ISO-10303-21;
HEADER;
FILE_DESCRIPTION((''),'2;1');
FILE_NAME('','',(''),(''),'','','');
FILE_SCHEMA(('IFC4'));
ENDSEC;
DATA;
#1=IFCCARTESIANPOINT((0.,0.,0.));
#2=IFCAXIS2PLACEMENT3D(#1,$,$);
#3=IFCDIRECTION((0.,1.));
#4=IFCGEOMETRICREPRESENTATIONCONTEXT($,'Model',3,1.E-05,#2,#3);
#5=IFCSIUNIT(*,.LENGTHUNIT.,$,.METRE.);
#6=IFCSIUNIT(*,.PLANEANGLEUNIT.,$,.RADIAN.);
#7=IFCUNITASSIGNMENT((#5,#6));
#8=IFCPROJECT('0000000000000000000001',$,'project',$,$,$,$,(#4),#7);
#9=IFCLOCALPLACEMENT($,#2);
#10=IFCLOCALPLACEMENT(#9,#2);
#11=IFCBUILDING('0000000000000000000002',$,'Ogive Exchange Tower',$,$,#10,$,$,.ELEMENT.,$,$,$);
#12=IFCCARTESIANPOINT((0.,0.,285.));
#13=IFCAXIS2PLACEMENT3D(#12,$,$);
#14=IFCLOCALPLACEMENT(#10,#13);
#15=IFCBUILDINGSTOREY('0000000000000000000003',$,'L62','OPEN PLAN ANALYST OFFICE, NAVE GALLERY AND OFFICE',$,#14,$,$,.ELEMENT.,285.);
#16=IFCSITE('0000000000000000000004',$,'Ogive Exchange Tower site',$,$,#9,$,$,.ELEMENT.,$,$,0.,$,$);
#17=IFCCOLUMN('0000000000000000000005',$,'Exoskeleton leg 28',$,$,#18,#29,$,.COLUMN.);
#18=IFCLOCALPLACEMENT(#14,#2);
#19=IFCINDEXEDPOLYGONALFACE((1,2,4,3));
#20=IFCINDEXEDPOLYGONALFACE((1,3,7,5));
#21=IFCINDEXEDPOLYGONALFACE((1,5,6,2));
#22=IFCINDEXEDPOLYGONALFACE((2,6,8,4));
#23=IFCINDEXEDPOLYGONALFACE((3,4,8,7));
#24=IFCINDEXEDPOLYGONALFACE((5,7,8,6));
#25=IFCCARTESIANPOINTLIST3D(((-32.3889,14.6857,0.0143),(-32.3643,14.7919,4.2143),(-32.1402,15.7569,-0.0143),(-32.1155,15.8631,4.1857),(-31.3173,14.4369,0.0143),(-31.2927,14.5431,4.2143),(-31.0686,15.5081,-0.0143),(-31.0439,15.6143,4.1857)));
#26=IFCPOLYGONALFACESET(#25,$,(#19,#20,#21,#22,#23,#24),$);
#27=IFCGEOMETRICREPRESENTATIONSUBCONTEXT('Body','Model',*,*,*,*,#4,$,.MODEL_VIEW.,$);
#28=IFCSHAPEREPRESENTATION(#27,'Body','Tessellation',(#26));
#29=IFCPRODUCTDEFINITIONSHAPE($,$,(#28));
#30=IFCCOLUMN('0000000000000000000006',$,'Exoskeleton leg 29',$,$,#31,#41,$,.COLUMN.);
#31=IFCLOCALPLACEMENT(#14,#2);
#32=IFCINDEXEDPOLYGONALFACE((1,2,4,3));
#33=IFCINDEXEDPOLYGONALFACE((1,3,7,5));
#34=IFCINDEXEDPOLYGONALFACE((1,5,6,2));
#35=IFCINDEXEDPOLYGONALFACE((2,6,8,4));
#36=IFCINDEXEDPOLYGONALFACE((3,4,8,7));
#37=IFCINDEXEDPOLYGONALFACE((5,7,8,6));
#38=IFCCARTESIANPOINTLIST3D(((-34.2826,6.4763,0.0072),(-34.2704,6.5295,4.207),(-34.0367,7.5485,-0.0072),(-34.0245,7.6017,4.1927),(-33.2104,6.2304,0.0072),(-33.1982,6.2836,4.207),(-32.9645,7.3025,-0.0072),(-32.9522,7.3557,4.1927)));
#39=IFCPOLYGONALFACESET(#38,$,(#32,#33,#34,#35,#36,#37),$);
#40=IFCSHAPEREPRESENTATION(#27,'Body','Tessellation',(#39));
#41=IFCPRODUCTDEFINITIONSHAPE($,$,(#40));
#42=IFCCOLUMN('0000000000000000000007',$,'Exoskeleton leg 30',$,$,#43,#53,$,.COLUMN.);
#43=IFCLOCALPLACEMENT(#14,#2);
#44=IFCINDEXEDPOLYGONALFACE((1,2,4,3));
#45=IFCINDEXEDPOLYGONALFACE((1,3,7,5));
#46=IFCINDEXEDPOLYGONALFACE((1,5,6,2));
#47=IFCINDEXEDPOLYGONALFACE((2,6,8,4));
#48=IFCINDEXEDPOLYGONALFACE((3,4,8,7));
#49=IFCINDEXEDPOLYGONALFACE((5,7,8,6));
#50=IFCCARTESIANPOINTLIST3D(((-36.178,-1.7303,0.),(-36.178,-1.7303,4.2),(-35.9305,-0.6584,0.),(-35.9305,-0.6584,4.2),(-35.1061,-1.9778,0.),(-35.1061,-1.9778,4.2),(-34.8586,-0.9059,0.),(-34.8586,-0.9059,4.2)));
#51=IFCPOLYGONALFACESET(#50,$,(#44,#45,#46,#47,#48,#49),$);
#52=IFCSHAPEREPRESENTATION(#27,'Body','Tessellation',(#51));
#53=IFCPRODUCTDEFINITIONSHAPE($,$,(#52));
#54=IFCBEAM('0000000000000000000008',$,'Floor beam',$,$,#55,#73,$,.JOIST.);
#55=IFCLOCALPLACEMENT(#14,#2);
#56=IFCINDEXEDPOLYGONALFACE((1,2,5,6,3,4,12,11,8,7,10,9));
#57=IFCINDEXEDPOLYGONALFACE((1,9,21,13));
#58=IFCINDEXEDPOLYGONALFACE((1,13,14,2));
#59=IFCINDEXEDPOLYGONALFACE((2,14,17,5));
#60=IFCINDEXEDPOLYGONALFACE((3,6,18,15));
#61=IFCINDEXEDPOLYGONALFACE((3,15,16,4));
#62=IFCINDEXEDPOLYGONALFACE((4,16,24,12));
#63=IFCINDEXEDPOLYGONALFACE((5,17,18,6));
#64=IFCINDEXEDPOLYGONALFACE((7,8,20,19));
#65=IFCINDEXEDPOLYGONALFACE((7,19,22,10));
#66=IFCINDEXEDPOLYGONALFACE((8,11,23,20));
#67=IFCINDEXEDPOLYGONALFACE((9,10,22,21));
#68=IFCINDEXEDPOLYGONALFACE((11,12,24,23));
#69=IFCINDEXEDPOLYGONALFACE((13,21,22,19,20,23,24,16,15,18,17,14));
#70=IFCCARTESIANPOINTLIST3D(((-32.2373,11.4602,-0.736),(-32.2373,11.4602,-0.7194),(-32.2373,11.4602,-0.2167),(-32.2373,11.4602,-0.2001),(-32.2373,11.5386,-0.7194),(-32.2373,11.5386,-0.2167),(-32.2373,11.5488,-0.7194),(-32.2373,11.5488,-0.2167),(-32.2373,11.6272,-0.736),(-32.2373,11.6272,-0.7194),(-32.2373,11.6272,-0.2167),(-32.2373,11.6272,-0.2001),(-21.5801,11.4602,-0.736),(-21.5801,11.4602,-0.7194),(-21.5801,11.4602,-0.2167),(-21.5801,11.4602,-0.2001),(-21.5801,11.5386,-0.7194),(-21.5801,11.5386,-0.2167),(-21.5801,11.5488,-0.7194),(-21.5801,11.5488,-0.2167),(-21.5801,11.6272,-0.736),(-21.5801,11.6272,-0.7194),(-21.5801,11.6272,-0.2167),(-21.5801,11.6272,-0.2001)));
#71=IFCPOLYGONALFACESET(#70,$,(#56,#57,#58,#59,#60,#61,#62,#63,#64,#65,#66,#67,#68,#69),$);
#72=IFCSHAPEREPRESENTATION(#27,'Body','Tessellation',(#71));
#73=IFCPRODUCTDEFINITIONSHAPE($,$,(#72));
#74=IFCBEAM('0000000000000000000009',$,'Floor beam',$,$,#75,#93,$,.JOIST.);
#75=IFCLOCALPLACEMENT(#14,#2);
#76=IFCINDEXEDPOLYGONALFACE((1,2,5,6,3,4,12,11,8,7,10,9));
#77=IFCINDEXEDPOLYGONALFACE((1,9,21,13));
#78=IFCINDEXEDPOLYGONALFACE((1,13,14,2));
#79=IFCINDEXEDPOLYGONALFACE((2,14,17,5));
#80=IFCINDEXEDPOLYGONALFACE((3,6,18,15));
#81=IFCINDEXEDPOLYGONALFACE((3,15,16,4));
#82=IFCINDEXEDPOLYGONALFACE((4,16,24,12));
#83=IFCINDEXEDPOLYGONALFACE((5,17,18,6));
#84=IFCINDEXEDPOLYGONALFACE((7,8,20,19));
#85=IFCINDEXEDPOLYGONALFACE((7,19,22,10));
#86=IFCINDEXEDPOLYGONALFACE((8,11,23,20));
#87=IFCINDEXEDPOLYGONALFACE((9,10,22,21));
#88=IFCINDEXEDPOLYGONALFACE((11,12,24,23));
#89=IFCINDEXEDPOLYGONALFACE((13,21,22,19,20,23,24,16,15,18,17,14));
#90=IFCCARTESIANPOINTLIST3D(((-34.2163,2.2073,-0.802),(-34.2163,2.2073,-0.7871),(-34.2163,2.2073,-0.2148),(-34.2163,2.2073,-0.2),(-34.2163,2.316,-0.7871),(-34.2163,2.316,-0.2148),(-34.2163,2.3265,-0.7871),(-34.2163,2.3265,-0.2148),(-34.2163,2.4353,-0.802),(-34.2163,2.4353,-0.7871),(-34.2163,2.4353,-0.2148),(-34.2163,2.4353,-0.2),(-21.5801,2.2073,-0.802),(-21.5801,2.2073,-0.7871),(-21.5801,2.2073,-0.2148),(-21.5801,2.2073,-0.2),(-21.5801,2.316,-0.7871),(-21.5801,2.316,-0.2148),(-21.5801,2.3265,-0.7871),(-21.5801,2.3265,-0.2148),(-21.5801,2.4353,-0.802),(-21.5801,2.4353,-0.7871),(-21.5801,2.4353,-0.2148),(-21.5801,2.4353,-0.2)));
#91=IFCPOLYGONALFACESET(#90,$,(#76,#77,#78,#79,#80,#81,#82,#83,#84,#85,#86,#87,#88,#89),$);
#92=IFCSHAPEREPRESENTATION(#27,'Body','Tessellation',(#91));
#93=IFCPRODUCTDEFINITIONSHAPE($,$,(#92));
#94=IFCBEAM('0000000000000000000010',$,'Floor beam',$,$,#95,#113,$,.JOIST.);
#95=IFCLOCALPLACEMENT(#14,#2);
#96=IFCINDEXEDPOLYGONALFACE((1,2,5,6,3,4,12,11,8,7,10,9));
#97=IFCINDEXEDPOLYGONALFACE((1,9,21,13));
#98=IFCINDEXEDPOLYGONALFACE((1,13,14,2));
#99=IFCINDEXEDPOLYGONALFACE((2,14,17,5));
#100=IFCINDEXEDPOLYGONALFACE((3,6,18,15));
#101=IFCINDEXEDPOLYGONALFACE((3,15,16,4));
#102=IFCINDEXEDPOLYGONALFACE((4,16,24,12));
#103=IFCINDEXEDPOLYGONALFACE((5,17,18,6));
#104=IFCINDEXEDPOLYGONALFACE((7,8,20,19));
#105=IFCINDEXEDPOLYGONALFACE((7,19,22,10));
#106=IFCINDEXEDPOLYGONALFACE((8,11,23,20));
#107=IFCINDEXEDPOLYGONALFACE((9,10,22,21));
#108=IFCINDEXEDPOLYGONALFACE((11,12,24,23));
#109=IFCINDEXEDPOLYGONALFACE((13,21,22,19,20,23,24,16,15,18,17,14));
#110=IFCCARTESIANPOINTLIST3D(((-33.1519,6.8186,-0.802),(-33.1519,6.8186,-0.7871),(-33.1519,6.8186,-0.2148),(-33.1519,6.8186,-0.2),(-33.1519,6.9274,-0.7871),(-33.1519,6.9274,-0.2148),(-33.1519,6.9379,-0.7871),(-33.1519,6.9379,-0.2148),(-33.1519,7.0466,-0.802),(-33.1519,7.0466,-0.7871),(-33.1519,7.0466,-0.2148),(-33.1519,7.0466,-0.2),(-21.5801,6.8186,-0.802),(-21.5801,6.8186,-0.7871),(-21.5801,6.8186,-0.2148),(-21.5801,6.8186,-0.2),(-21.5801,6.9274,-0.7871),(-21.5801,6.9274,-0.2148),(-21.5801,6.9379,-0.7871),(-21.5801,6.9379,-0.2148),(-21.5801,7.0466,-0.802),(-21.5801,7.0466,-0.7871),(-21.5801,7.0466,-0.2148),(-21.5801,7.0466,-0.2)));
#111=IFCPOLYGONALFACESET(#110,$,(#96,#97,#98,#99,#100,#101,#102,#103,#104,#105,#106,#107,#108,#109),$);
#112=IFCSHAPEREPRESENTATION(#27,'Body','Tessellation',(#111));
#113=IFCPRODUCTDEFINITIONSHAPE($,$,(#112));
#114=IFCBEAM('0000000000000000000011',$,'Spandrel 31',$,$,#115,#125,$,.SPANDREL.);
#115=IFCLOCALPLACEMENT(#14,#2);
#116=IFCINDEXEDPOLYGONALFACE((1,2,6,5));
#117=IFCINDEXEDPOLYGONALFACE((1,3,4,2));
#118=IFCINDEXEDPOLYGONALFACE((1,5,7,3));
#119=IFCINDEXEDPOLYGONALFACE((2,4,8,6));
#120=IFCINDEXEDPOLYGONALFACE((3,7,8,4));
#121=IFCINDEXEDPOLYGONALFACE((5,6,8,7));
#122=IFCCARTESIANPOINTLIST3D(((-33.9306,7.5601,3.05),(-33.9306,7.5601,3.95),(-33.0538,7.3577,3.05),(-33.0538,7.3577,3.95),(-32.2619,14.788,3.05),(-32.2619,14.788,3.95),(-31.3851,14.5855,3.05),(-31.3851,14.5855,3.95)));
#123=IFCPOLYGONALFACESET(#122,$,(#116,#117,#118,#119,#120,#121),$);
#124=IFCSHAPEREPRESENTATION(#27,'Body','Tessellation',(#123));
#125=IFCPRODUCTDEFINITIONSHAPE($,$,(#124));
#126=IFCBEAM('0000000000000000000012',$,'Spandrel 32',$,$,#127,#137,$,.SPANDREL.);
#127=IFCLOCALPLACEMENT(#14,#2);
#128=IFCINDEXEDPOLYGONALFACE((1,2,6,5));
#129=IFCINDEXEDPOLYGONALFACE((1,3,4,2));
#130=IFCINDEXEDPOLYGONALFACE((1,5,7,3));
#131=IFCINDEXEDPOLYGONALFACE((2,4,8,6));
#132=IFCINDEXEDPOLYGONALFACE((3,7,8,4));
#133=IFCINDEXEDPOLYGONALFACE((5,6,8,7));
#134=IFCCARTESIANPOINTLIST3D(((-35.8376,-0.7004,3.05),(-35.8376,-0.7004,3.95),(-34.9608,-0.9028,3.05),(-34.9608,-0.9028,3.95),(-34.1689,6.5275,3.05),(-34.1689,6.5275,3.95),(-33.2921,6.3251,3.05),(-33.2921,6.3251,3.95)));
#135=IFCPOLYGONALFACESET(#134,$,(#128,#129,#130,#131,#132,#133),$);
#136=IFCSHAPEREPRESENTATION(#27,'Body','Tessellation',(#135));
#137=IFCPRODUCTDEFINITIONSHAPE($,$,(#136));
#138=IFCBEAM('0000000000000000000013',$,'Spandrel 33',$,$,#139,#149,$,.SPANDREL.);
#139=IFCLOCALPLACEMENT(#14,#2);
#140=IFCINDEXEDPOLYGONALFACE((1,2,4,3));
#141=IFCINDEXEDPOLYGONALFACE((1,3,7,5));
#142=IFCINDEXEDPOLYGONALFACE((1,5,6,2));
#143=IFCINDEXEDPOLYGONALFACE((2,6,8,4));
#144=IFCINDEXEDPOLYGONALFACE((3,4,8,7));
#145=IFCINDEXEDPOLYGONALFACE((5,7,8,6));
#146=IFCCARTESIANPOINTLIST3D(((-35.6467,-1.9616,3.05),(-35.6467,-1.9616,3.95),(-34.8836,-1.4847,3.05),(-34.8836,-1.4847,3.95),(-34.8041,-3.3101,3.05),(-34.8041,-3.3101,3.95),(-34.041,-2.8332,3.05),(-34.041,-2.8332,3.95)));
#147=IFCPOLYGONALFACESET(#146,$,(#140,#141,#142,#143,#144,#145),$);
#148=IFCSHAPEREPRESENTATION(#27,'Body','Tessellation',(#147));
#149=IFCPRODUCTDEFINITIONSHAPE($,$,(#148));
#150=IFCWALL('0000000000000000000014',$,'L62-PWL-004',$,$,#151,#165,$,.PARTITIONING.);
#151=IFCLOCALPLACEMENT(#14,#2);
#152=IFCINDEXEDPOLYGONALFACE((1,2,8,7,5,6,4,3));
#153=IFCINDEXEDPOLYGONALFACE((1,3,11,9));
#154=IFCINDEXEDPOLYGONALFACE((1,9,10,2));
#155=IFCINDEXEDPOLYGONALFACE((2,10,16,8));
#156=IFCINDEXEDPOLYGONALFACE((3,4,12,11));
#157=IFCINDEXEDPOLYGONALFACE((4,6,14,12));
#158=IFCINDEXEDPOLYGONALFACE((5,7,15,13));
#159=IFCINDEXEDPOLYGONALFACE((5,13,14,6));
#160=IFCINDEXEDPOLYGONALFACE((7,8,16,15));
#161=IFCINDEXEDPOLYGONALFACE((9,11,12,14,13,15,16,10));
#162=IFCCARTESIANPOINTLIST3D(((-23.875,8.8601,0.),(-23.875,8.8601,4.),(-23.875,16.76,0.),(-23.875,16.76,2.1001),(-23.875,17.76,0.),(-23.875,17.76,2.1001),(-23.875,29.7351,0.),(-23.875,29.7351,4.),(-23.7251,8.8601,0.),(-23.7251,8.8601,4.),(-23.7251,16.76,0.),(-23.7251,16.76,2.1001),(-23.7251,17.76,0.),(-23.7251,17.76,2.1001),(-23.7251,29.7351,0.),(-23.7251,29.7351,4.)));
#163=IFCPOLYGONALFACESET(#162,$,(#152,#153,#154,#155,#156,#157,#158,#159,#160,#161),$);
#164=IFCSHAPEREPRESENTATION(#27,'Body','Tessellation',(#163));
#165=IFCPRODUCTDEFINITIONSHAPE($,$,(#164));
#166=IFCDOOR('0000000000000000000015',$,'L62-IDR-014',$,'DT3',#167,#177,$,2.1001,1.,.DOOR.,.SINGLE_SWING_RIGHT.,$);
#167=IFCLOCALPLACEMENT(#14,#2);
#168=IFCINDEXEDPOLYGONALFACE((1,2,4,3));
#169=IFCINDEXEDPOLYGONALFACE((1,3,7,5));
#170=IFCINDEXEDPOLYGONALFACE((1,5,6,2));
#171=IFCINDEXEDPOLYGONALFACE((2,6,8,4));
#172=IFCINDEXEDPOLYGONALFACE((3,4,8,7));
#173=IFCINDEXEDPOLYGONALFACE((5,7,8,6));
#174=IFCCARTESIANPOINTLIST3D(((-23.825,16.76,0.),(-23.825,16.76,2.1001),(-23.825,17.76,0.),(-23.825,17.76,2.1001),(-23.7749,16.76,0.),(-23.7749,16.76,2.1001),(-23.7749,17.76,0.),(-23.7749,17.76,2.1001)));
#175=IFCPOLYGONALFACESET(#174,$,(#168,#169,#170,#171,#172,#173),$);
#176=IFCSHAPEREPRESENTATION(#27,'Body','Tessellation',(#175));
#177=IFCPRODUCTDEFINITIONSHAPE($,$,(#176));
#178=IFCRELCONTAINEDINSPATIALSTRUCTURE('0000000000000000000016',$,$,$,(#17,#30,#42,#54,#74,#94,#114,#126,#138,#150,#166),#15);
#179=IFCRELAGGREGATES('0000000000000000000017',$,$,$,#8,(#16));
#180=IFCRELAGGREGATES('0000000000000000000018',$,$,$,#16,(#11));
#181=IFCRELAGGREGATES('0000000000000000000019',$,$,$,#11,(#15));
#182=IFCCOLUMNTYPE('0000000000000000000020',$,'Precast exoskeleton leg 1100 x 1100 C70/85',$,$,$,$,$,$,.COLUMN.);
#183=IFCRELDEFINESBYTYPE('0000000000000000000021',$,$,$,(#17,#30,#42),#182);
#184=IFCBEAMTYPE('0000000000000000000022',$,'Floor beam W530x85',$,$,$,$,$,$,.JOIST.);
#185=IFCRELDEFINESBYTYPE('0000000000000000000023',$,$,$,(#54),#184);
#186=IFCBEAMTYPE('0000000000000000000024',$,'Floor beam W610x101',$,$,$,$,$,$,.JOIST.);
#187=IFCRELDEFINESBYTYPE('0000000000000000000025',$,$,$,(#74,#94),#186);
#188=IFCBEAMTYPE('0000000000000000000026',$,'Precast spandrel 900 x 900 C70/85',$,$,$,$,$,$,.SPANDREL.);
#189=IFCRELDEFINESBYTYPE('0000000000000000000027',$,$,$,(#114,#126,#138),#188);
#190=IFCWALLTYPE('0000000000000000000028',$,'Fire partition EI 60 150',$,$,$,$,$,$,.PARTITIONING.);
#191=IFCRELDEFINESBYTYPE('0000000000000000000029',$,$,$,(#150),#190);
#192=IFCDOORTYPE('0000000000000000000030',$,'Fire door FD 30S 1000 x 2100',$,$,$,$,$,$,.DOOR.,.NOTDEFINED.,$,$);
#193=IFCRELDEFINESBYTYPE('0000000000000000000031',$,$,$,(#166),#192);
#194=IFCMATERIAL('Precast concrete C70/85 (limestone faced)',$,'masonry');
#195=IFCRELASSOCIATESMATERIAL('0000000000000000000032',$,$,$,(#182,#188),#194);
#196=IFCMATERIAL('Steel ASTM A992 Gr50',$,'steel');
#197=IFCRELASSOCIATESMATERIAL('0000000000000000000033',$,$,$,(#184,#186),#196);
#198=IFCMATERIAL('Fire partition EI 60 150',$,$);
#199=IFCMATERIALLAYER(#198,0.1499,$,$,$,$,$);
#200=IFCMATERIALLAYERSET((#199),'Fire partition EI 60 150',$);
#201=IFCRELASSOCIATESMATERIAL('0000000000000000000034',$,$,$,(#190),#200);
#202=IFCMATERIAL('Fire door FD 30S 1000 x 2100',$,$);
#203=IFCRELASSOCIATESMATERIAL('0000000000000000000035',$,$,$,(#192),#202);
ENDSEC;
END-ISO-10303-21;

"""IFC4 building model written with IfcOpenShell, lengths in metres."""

from ifc_helpers import new_model, si_unit, direction, frame, frame_2d, origin, origin_2d, place, context, subcontext, project, spatial, rectangle, i_section, extrude, material, layer, layer_set, material_profile, profile_set, type_object, element, fill, save


model = new_model("IFC4")

# Units and contexts
model_context = context("Model", 3, precision=1e-05, world=origin(), true_north=direction((0.0, 1.0)))
body_context = subcontext(model_context, "Body", "Model", "MODEL_VIEW")
ifc_project = project(units=[si_unit("LENGTHUNIT", "METRE"), si_unit("PLANEANGLEUNIT", "RADIAN")], contexts=[model_context])

# Site, building, storey
site_placement = place(None, origin())
site = spatial("IfcSite", under=ifc_project, at=site_placement, Name="Ogive Exchange Tower site", CompositionType="ELEMENT", RefElevation=0.0)
building_placement = place(site_placement, origin())
building = spatial("IfcBuilding", under=site, at=building_placement, Name="Ogive Exchange Tower", CompositionType="ELEMENT")
storey_placement = place(building_placement, frame((0.0, 0.0, 285.0)))
storey = spatial("IfcBuildingStorey", under=building, at=storey_placement, Name="L62", Description="OPEN PLAN ANALYST OFFICE, NAVE GALLERY AND OFFICE", CompositionType="ELEMENT", Elevation=285.0)

# Columns
ifc_material_1 = material(Name="Precast concrete C70/85 (limestone faced)", Category="masonry")
ifc_material_profile_1 = material_profile(ifc_material_1, rectangle(XDim=1.1001, YDim=1.1001, at=origin_2d()), Name="1100 x 1100")
ifc_profile_set_1 = profile_set([ifc_material_profile_1], Name="Precast concrete C70/85 (limestone faced)")
column_type = type_object("IfcColumnType", Name="Precast exoskeleton leg 1100 x 1100 C70/85", PredefinedType="COLUMN", material=ifc_profile_set_1)
column_1_placement = place(storey_placement, frame((-31.7288, 15.0969, 0.0), z_axis=(0.005869, 0.025278, 0.999663), x_axis=(-0.974088, 0.226168, 0.0)))
element("IfcColumn", 1, at=column_1_placement, inside=storey, type_object=column_type, Name="Exoskeleton leg 28", PredefinedType="COLUMN", context=body_context, shape_type="SweptSolid", body=[
    extrude(rectangle(XDim=1.1001, YDim=1.1001, at=origin_2d()), origin(), (0.0, 0.0, 1.0), 4.2014),
])
column_2_placement = place(storey_placement, frame((-33.6235, 6.8894, 0.0), z_axis=(0.002906, 0.012671, 0.999915), x_axis=(-0.974692, 0.223553, 0.0)))
element("IfcColumn", 2, at=column_2_placement, inside=storey, type_object=column_type, Name="Exoskeleton leg 29", PredefinedType="COLUMN", context=body_context, shape_type="SweptSolid", body=[
    extrude(rectangle(XDim=1.1001, YDim=1.1001, at=origin_2d()), origin(), (0.0, 0.0, 1.0), 4.2002),
])
column_3_placement = place(storey_placement, frame((-35.5183, -1.3181, 0.0), z_axis=(0.0, 0.0, 1.0), x_axis=(0.97437, -0.224951, 0.0)))
element("IfcColumn", 3, at=column_3_placement, inside=storey, type_object=column_type, Name="Exoskeleton leg 30", PredefinedType="COLUMN", context=body_context, shape_type="SweptSolid", body=[
    extrude(rectangle(XDim=1.1001, YDim=1.1001, at=origin_2d()), origin(), (0.0, 0.0, 1.0), 4.2),
])

# Beams
ifc_material_2 = material(Name="Steel ASTM A992 Gr50", Category="steel")
ifc_material_profile_2 = material_profile(ifc_material_2, i_section(OverallWidth=0.167, OverallDepth=0.5359, WebThickness=0.0103, FlangeThickness=0.0166, at=origin_2d()), Name="W530x85")
ifc_profile_set_2 = profile_set([ifc_material_profile_2], Name="Steel ASTM A992 Gr50")
beam_type_1 = type_object("IfcBeamType", Name="Floor beam W530x85", PredefinedType="JOIST", material=ifc_profile_set_2)
beam_1_placement = place(storey_placement, frame((-32.2373, 11.5437, -0.468), z_axis=(1.0, 0.0, 0.0), x_axis=(0.0, 1.0, 0.0)))
element("IfcBeam", 4, at=beam_1_placement, inside=storey, type_object=beam_type_1, Name="Floor beam", PredefinedType="JOIST", context=body_context, shape_type="SweptSolid", body=[
    extrude(i_section(OverallWidth=0.167, OverallDepth=0.5359, WebThickness=0.0103, FlangeThickness=0.0166, at=origin_2d()), origin(), (0.0, 0.0, 1.0), 10.6572),
])
ifc_material_profile_3 = material_profile(ifc_material_2, i_section(OverallWidth=0.228, OverallDepth=0.6021, WebThickness=0.0105, FlangeThickness=0.0149, at=origin_2d()), Name="W610x101")
ifc_profile_set_3 = profile_set([ifc_material_profile_3], Name="Steel ASTM A992 Gr50")
beam_type_2 = type_object("IfcBeamType", Name="Floor beam W610x101", PredefinedType="JOIST", material=ifc_profile_set_3)
beam_2_placement = place(storey_placement, frame((-34.2163, 2.3213, -0.501), z_axis=(1.0, 0.0, 0.0), x_axis=(0.0, 1.0, 0.0)))
element("IfcBeam", 5, at=beam_2_placement, inside=storey, type_object=beam_type_2, Name="Floor beam", PredefinedType="JOIST", context=body_context, shape_type="SweptSolid", body=[
    extrude(i_section(OverallWidth=0.228, OverallDepth=0.6021, WebThickness=0.0105, FlangeThickness=0.0149, at=origin_2d()), origin(), (0.0, 0.0, 1.0), 12.6362),
])
beam_3_placement = place(storey_placement, frame((-33.1519, 6.9326, -0.501), z_axis=(1.0, 0.0, 0.0), x_axis=(0.0, 1.0, 0.0)))
element("IfcBeam", 6, at=beam_3_placement, inside=storey, type_object=beam_type_2, Name="Floor beam", PredefinedType="JOIST", context=body_context, shape_type="SweptSolid", body=[
    extrude(i_section(OverallWidth=0.228, OverallDepth=0.6021, WebThickness=0.0105, FlangeThickness=0.0149, at=origin_2d()), origin(), (0.0, 0.0, 1.0), 11.5718),
])
ifc_material_profile_4 = material_profile(ifc_material_1, rectangle(XDim=0.8999, YDim=0.8999, at=origin_2d()), Name="900 x 900")
ifc_profile_set_4 = profile_set([ifc_material_profile_4], Name="Precast concrete C70/85 (limestone faced)")
beam_type_3 = type_object("IfcBeamType", Name="Precast spandrel 900 x 900 C70/85", PredefinedType="SPANDREL", material=ifc_profile_set_4)
for number, where, z_axis, x_axis, name in (
    (7, (-31.8235, 14.6868, 3.5), (-0.224956, -0.974369, 0.0), (0.974369, -0.224956, 0.0), "Spandrel 31"),
    (8, (-33.7305, 6.4263, 3.5), (-0.224956, -0.974369, 0.0), (0.974369, -0.224956, 0.0), "Spandrel 32"),
):
    element("IfcBeam", number, at=place(storey_placement, frame(where, z_axis=z_axis, x_axis=x_axis)), inside=storey, type_object=beam_type_3, Name=name, PredefinedType="SPANDREL", context=body_context, shape_type="SweptSolid", body=[
        extrude(rectangle(XDim=0.8999, YDim=0.8999, at=origin_2d()), origin(), (0.0, 0.0, 1.0), 7.418),
    ])
beam_4_placement = place(storey_placement, frame((-35.2651, -1.7231, 3.5), z_axis=(0.529902, -0.848059, 0.0), x_axis=(0.848059, 0.529902, 0.0)))
element("IfcBeam", 9, at=beam_4_placement, inside=storey, type_object=beam_type_3, Name="Spandrel 33", PredefinedType="SPANDREL", context=body_context, shape_type="SweptSolid", body=[
    extrude(rectangle(XDim=0.8999, YDim=0.8999, at=origin_2d()), origin(), (0.0, 0.0, 1.0), 1.5901),
])

# Wall, opening, door
ifc_material_3 = material(Name="Fire partition EI 60 150")
ifc_layer_1 = layer(ifc_material_3, 0.1499)
ifc_layer_set_1 = layer_set([ifc_layer_1], Name="Fire partition EI 60 150")
wall_type_1 = type_object("IfcWallType", Name="Fire partition EI 60 150", PredefinedType="PARTITIONING", material=ifc_layer_set_1)
wall_1_placement = place(storey_placement, frame((-23.8, 8.8601, 0.0), z_axis=(0.0, 0.0, 1.0), x_axis=(0.0, 1.0, 0.0)))
wall_1 = element("IfcWall", 10, at=wall_1_placement, inside=storey, type_object=wall_type_1, Name="L62-PWL-004", PredefinedType="PARTITIONING", context=body_context, shape_type="SweptSolid", body=[
    extrude(rectangle(XDim=20.875, YDim=0.1499, at=frame_2d((10.4375, 0.0))), origin(), (0.0, 0.0, 1.0), 4.0),
])
opening_placement = place(wall_1_placement, frame((7.8999, 0.0, 0.0)))
opening = element("IfcOpeningElement", 11, at=opening_placement, cuts=wall_1, PredefinedType="OPENING", context=body_context, shape_type="SweptSolid", body=[
    extrude(rectangle(XDim=1.0, YDim=2.1001, at=frame_2d((0.5, 1.05))), frame((0.0, 0.085, 0.0), z_axis=(0.0, -1.0, 0.0), x_axis=(1.0, 0.0, 0.0)), (0.0, 0.0, 1.0), 0.1699),
])
ifc_material_4 = material(Name="Fire door FD 30S 1000 x 2100")
door_type = type_object("IfcDoorType", Name="Fire door FD 30S 1000 x 2100", OperationType="NOTDEFINED", PredefinedType="DOOR", material=ifc_material_4)
door_placement = place(opening_placement, origin())
door = element("IfcDoor", 12, at=door_placement, inside=storey, type_object=door_type, Name="L62-IDR-014", ObjectType="DT3", OperationType="SINGLE_SWING_RIGHT", OverallHeight=2.1001, OverallWidth=1.0, PredefinedType="DOOR", context=body_context, shape_type="SweptSolid", body=[
    extrude(rectangle(XDim=1.0, YDim=2.1001, at=frame_2d((0.5, 1.05))), frame((0.0, 0.0249, 0.0), z_axis=(0.0, -1.0, 0.0), x_axis=(1.0, 0.0, 0.0)), (0.0, 0.0, 1.0), 0.05),
])
fill(opening, door)

save(model, "model.ifc")
